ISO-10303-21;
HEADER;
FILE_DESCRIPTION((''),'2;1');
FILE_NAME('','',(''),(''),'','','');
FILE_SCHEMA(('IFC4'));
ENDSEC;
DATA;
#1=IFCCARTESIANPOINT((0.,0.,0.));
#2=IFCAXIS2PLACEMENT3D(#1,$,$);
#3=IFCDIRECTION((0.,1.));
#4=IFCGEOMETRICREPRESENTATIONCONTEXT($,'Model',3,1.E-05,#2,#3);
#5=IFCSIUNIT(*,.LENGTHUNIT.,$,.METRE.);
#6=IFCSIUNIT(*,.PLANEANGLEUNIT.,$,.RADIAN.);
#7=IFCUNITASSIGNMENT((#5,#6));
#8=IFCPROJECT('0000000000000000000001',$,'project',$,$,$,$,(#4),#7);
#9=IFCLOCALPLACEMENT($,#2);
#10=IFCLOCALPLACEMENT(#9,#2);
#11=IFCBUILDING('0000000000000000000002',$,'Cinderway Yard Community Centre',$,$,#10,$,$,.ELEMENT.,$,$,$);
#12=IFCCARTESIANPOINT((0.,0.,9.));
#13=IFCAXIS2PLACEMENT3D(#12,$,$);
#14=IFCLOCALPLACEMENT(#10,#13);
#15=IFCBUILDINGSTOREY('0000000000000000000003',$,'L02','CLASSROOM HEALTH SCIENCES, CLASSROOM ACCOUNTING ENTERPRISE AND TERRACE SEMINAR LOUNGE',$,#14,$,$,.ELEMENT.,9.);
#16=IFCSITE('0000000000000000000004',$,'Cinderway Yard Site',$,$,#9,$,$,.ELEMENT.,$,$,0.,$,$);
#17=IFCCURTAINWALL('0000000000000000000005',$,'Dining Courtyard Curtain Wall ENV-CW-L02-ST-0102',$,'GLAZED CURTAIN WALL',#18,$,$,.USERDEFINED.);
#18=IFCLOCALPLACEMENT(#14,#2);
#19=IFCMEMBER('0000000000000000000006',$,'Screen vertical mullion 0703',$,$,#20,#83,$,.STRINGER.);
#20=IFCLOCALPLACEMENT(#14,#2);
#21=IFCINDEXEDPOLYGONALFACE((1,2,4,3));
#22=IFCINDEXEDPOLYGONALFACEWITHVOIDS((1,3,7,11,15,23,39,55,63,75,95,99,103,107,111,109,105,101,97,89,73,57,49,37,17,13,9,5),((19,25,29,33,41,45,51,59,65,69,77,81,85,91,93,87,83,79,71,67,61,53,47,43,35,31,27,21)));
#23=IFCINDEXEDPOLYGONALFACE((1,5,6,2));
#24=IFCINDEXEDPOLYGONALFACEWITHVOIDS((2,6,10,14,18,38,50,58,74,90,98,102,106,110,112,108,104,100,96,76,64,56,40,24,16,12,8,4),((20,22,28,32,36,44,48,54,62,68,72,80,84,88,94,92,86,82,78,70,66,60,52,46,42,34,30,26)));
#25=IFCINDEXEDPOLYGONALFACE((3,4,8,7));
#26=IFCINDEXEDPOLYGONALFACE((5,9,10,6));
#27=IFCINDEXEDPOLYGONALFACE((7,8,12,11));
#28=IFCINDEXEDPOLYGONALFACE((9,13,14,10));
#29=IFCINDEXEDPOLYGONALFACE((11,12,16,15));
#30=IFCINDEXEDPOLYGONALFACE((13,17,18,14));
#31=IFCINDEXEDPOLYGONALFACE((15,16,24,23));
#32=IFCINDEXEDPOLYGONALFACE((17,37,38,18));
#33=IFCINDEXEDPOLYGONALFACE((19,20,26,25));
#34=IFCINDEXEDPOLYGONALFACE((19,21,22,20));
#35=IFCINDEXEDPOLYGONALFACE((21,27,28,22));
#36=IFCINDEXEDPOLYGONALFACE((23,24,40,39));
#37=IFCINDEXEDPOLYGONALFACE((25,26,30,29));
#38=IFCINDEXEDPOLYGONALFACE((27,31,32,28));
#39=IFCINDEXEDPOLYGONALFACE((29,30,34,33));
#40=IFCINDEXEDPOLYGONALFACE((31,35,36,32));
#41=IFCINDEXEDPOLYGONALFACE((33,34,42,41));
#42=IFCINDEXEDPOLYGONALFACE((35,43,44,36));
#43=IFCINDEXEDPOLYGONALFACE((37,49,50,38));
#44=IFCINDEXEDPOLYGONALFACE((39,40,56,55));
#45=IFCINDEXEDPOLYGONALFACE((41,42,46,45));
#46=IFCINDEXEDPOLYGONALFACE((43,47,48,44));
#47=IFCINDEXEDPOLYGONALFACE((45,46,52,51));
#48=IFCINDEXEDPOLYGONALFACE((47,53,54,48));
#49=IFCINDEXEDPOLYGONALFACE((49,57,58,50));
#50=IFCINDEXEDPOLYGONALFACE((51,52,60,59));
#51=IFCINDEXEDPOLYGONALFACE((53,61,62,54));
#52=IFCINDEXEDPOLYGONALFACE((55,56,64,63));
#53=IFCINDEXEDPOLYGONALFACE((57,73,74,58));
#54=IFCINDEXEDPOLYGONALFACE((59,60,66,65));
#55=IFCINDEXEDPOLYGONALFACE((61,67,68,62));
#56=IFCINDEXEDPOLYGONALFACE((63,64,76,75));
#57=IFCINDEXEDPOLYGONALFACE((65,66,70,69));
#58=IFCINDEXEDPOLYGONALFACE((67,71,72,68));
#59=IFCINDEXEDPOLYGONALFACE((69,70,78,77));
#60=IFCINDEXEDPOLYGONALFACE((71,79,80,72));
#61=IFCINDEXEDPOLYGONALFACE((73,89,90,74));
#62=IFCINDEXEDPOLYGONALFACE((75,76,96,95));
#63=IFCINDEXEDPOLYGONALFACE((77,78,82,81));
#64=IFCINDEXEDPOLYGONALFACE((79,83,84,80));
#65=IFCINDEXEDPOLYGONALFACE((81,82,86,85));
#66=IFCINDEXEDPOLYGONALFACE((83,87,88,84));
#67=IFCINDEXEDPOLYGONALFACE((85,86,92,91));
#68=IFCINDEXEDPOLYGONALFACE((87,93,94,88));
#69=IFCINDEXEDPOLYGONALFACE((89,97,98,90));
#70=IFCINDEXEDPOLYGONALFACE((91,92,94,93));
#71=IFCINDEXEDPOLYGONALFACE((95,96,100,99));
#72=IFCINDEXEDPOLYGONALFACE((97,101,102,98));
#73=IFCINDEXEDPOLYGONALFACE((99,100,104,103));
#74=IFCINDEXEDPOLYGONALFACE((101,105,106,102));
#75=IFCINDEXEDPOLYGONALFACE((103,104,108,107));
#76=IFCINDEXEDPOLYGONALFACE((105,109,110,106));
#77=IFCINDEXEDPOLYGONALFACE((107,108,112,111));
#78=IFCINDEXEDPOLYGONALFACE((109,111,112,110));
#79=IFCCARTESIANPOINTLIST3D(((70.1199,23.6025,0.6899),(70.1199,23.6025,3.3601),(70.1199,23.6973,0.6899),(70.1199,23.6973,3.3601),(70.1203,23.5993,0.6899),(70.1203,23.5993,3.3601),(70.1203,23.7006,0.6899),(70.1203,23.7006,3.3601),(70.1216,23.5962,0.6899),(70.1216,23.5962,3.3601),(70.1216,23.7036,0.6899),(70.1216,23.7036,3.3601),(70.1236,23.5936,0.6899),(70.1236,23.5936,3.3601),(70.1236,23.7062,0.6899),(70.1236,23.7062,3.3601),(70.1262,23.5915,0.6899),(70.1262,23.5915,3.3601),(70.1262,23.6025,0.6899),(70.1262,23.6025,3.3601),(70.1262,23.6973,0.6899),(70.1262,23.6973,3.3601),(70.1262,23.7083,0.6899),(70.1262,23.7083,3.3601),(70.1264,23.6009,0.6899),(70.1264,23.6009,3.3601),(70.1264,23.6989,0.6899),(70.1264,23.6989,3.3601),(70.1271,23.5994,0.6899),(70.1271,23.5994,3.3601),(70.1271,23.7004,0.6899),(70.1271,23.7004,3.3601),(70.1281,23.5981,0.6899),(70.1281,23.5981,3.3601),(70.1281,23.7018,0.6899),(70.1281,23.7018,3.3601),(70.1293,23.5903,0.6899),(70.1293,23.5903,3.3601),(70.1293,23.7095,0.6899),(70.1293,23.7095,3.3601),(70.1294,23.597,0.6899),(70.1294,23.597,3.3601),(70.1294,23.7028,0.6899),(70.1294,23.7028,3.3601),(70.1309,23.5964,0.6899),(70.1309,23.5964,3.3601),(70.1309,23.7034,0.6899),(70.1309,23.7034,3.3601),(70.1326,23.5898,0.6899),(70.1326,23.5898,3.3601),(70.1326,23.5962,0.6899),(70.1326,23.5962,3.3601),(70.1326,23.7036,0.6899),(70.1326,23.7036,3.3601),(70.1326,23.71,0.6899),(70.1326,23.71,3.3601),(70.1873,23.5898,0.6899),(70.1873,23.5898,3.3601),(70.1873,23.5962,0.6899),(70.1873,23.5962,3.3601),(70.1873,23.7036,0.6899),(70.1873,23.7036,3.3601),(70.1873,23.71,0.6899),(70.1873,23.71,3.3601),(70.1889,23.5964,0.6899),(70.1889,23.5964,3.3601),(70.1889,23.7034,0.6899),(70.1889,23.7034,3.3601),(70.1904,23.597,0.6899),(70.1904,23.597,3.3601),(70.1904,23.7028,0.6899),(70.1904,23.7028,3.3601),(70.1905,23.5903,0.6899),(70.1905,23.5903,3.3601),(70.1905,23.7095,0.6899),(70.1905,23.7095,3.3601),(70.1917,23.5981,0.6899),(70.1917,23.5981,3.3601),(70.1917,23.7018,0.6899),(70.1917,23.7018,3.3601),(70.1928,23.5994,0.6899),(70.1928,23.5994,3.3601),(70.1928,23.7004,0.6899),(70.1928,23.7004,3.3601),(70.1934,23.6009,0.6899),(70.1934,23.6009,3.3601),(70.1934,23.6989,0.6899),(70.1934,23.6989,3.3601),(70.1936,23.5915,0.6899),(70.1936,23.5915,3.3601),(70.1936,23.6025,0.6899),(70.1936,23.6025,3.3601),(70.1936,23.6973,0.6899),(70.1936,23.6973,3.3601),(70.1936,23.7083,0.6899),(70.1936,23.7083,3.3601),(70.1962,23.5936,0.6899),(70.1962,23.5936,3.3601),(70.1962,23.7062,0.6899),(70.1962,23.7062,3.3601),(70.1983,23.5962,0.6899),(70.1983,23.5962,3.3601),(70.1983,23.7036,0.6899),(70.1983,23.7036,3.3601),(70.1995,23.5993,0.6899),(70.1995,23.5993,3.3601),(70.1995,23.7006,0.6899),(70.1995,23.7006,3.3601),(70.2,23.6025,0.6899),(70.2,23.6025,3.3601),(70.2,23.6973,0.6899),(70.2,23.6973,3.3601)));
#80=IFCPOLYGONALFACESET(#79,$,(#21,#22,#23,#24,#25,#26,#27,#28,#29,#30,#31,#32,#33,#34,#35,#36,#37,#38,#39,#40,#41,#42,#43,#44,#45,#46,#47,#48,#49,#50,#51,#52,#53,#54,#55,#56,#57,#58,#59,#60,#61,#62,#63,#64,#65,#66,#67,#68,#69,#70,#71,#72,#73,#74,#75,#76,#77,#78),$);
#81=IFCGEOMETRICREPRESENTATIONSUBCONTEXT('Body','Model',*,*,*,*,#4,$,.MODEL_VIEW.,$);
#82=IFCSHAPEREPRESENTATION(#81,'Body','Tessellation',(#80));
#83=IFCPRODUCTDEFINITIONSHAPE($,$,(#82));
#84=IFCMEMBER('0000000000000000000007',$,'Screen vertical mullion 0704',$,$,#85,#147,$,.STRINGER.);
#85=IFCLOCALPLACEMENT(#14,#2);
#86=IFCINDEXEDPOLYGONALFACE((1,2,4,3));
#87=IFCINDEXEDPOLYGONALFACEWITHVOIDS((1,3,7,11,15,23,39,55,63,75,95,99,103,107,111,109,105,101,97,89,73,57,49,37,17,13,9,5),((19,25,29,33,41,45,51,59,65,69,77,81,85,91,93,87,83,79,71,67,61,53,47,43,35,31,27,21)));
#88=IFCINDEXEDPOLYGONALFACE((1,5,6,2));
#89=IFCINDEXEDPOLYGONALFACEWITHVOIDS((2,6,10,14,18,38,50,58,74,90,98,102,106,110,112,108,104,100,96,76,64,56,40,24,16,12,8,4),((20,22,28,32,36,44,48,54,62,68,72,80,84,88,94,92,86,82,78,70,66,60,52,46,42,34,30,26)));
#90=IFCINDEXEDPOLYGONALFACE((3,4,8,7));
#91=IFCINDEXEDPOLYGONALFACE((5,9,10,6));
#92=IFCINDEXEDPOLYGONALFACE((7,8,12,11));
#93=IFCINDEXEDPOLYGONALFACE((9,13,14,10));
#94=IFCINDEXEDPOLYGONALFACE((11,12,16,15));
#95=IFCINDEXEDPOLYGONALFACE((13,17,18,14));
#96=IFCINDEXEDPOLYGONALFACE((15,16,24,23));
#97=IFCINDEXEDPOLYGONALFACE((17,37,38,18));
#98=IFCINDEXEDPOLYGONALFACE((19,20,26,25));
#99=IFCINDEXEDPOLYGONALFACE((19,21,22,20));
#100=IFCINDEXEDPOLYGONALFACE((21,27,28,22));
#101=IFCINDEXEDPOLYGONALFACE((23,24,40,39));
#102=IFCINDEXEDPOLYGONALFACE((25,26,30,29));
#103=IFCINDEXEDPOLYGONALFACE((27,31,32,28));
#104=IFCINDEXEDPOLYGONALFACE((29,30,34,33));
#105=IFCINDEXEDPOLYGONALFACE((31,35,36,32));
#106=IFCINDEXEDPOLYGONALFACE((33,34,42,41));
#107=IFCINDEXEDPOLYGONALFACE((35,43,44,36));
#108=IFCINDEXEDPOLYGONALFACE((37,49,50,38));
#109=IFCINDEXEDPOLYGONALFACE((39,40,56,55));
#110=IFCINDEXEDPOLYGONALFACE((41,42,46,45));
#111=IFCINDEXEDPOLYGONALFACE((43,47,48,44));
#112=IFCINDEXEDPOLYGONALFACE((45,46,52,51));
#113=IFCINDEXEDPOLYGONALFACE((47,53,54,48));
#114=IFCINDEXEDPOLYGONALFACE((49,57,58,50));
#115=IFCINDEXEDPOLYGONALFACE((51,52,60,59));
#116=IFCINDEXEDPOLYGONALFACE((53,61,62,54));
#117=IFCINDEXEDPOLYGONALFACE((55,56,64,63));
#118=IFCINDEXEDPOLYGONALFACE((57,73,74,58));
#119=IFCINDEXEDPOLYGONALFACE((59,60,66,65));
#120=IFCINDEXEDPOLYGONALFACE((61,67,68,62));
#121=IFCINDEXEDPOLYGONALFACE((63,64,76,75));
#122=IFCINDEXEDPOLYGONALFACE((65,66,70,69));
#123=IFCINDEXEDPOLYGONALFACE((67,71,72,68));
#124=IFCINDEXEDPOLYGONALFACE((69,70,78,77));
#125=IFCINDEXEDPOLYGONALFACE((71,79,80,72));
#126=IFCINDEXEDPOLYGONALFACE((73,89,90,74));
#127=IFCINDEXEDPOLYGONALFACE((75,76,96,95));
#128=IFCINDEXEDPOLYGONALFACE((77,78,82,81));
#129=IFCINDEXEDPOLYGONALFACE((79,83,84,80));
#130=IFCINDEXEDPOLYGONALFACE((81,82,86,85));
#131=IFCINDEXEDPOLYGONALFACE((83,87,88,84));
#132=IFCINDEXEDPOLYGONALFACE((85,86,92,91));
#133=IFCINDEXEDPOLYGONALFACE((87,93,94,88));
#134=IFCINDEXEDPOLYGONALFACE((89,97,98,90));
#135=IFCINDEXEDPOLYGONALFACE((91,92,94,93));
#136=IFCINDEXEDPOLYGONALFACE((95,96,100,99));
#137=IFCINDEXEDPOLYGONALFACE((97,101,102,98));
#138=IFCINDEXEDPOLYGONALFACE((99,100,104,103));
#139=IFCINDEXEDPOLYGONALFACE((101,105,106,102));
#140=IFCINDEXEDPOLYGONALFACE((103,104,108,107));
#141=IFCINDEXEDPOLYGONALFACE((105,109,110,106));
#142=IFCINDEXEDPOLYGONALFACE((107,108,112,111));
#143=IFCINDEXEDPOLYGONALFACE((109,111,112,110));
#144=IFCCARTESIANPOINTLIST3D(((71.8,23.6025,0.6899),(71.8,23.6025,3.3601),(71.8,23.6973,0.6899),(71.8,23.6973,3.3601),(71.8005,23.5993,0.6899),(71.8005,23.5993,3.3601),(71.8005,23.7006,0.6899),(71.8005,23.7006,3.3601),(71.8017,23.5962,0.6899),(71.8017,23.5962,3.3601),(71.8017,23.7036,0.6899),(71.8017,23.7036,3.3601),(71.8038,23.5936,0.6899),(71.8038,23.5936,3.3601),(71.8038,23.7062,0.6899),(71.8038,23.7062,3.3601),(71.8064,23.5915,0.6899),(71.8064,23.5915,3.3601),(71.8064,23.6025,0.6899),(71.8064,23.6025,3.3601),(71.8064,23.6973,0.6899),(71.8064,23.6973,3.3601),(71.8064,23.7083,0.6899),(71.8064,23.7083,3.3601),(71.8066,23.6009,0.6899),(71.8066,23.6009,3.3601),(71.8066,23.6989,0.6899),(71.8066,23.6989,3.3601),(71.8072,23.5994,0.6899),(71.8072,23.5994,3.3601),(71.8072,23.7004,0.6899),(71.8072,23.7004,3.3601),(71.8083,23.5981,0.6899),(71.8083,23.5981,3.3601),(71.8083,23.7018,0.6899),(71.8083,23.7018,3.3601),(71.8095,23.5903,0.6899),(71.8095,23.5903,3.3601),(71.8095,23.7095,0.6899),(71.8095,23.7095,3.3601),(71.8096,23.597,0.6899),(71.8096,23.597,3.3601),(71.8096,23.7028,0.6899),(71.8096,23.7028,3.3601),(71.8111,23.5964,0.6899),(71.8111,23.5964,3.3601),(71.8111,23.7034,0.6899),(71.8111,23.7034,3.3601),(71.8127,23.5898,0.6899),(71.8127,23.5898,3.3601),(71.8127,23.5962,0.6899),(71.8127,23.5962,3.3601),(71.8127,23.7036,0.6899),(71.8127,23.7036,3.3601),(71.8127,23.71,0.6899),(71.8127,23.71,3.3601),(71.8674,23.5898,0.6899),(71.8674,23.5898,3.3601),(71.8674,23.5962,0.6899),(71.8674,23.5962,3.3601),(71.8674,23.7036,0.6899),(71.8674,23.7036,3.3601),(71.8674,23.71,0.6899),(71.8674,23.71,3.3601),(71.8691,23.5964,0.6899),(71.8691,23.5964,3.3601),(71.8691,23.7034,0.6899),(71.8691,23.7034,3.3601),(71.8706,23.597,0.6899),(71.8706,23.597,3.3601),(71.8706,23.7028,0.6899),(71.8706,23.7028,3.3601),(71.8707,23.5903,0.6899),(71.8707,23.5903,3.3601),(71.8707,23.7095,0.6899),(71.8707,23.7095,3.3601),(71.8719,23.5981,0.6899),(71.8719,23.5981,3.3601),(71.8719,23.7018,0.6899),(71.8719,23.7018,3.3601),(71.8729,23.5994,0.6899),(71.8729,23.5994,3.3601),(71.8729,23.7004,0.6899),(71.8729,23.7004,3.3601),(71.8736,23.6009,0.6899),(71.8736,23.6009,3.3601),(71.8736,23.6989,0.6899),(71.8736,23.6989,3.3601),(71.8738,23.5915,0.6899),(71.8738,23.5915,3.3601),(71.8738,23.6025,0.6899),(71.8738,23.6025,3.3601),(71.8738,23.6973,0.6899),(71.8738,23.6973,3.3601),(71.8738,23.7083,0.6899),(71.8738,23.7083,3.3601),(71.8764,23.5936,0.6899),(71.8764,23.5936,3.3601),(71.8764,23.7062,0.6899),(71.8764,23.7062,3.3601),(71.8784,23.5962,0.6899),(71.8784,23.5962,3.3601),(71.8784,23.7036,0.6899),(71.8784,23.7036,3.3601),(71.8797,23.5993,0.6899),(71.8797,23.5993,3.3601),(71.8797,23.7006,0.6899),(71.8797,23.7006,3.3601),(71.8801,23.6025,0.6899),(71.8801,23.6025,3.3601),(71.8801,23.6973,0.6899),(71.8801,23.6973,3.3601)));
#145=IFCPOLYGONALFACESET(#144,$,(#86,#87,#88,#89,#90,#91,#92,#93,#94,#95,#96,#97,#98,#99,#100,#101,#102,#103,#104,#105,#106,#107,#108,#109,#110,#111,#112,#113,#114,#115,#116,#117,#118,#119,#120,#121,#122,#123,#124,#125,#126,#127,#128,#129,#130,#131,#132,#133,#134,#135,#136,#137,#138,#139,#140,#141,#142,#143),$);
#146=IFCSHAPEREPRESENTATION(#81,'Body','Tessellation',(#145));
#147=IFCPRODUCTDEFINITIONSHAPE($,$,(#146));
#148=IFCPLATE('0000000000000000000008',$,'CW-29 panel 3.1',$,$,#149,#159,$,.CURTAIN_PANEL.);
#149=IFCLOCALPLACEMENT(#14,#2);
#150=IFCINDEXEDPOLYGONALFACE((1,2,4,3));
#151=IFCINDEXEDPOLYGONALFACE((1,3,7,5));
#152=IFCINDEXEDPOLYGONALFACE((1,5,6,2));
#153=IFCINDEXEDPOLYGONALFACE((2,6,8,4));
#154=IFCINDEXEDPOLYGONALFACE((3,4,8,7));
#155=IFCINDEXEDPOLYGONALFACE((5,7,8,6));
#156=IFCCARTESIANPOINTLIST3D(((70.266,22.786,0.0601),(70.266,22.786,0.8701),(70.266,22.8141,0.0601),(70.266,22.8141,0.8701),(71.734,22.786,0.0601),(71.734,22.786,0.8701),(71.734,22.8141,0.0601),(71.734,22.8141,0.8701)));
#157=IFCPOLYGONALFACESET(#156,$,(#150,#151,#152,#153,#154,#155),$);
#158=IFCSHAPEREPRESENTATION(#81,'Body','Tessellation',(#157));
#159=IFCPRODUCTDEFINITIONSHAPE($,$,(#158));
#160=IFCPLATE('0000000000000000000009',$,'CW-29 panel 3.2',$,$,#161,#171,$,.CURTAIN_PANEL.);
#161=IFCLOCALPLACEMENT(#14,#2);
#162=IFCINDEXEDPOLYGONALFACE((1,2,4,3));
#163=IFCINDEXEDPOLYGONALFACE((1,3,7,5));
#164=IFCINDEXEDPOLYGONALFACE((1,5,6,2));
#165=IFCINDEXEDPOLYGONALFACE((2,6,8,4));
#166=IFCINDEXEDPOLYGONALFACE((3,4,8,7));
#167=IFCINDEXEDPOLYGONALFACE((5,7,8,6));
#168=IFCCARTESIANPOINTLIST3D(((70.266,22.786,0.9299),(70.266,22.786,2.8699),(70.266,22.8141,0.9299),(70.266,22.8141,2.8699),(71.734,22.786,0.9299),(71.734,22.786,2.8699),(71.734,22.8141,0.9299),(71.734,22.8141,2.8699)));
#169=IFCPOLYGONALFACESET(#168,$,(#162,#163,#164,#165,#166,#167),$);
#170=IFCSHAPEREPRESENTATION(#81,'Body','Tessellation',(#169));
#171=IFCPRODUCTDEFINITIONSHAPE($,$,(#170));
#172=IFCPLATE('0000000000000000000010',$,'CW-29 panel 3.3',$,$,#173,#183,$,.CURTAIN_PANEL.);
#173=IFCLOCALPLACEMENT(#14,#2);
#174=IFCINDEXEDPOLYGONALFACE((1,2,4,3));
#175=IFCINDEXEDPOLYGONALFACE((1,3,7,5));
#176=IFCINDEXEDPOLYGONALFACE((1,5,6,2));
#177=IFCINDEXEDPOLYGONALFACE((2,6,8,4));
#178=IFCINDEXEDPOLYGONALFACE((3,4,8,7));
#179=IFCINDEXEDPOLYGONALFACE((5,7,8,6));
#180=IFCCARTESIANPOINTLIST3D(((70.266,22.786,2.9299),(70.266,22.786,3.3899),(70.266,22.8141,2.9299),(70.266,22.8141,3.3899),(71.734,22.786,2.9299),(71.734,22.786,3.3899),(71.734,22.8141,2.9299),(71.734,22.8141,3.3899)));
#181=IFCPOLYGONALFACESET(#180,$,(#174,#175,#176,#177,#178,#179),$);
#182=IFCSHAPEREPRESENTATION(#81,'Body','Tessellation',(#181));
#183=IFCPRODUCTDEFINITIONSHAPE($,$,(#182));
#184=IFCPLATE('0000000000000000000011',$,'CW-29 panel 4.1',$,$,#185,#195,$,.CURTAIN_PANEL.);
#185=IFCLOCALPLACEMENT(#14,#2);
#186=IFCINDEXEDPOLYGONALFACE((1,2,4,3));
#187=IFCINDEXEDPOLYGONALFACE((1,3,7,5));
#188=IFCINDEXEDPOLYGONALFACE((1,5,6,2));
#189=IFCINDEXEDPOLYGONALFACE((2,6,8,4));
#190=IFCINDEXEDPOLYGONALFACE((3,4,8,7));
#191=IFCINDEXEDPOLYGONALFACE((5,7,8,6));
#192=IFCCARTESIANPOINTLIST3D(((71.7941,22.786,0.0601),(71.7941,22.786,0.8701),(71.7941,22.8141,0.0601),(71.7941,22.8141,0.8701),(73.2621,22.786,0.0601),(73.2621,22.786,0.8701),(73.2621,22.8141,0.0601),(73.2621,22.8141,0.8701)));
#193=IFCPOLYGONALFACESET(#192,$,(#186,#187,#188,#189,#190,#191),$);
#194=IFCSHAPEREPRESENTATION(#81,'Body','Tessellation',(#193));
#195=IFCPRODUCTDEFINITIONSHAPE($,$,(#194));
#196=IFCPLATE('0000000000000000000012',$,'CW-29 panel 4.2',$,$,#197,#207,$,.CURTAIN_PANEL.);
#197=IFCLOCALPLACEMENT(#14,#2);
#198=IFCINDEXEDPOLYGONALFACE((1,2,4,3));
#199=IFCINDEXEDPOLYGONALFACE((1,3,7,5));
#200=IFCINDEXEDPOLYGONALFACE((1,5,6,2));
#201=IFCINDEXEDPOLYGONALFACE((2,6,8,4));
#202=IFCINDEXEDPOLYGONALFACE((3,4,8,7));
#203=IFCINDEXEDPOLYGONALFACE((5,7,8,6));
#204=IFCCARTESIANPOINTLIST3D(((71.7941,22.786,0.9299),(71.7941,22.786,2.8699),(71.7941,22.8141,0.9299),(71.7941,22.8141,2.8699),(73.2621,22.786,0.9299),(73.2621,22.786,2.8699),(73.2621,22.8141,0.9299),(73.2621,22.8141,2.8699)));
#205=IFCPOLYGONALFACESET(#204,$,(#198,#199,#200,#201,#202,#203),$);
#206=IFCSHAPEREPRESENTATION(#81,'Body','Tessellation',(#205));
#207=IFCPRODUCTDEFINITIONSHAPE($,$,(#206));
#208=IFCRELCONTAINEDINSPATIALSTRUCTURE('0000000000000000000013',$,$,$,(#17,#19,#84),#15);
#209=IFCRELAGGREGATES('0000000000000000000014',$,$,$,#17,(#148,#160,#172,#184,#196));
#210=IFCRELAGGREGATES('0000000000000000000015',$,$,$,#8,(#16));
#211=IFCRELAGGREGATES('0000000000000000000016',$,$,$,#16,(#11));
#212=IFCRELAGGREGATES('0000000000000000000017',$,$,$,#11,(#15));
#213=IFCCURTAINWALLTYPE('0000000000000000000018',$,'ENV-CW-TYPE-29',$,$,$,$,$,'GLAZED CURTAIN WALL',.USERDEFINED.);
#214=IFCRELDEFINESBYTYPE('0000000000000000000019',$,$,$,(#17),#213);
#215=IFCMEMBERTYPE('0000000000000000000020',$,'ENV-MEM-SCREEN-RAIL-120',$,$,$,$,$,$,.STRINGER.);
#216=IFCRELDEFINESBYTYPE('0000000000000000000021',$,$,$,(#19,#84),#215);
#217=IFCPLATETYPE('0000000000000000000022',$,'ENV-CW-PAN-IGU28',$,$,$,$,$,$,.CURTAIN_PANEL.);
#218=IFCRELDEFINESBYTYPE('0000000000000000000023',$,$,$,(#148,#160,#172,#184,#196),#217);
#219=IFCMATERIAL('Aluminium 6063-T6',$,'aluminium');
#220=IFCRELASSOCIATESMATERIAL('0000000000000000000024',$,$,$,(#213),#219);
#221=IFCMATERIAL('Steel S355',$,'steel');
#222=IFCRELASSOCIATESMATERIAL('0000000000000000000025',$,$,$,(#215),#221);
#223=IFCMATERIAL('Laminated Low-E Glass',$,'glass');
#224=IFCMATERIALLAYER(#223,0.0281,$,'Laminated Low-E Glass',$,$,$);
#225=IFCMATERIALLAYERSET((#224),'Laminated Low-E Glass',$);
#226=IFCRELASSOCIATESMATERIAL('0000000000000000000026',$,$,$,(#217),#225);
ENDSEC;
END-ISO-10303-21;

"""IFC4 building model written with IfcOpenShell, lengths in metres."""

from ifc_helpers import new_model, si_unit, direction, frame, origin, origin_2d, place, context, subcontext, project, spatial, rectangle, hollow_rectangle, extrude, material, layer, layer_set, material_profile, profile_set, type_object, element, aggregate, save


model = new_model("IFC4")

# Units and contexts
model_context = context("Model", 3, precision=1e-05, world=origin(), true_north=direction((0.0, 1.0)))
body_context = subcontext(model_context, "Body", "Model", "MODEL_VIEW")
ifc_project = project(units=[si_unit("LENGTHUNIT", "METRE"), si_unit("PLANEANGLEUNIT", "RADIAN")], contexts=[model_context])

# Site, building, storey
site_placement = place(None, origin())
site = spatial("IfcSite", under=ifc_project, at=site_placement, Name="Cinderway Yard Site", CompositionType="ELEMENT", RefElevation=0.0)
building_placement = place(site_placement, origin())
building = spatial("IfcBuilding", under=site, at=building_placement, Name="Cinderway Yard Community Centre", CompositionType="ELEMENT")
storey_placement = place(building_placement, frame((0.0, 0.0, 9.0)))
storey = spatial("IfcBuildingStorey", under=building, at=storey_placement, Name="L02", Description="CLASSROOM HEALTH SCIENCES, CLASSROOM ACCOUNTING ENTERPRISE AND TERRACE SEMINAR LOUNGE", CompositionType="ELEMENT", Elevation=9.0)

# Curtain wall
ifc_material_1 = material(Name="Aluminium 6063-T6", Category="aluminium")
curtain_wall_type = type_object("IfcCurtainWallType", Name="ENV-CW-TYPE-29", ElementType="GLAZED CURTAIN WALL", PredefinedType="USERDEFINED", material=ifc_material_1)
curtain_wall_placement = place(storey_placement, origin())
curtain_wall = element("IfcCurtainWall", 1, at=curtain_wall_placement, inside=storey, type_object=curtain_wall_type, Name="Dining Courtyard Curtain Wall ENV-CW-L02-ST-0102", ObjectType="GLAZED CURTAIN WALL", PredefinedType="USERDEFINED")

# Members
ifc_material_2 = material(Name="Steel S355", Category="steel")
ifc_material_profile_1 = material_profile(ifc_material_2, hollow_rectangle(XDim=0.0801, YDim=0.1201, WallThickness=0.0063, InnerFilletRadius=0.0063, OuterFilletRadius=0.0127, at=origin_2d()), Name="Steel S355")
ifc_profile_set_1 = profile_set([ifc_material_profile_1], Name="Steel S355")
member_type_1 = type_object("IfcMemberType", Name="ENV-MEM-SCREEN-RAIL-120", PredefinedType="STRINGER", material=ifc_profile_set_1)
for number, where, z_axis, x_axis, name in (
    (2, (70.1599, 23.6499, 0.6899), (0.0, 0.0, 1.0), (1.0, 0.0, 0.0), "Screen vertical mullion 0703"),
    (3, (71.8401, 23.6499, 0.6899), (0.0, 0.0, 1.0), (1.0, 0.0, 0.0), "Screen vertical mullion 0704"),
):
    element("IfcMember", number, at=place(storey_placement, frame(where, z_axis=z_axis, x_axis=x_axis)), inside=storey, type_object=member_type_1, Name=name, PredefinedType="STRINGER", context=body_context, shape_type="SweptSolid", body=[
        extrude(hollow_rectangle(XDim=0.0801, YDim=0.1201, WallThickness=0.0063, InnerFilletRadius=0.0063, OuterFilletRadius=0.0127, at=origin_2d()), origin(), (0.0, 0.0, 1.0), 2.6702),
    ])

# Plates
ifc_material_3 = material(Name="Laminated Low-E Glass", Category="glass")
ifc_layer_1 = layer(ifc_material_3, 0.0281, Name="Laminated Low-E Glass")
ifc_layer_set_1 = layer_set([ifc_layer_1], Name="Laminated Low-E Glass")
plate_type_1 = type_object("IfcPlateType", Name="ENV-CW-PAN-IGU28", PredefinedType="CURTAIN_PANEL", material=ifc_layer_set_1)
plate_1_placement = place(storey_placement, frame((71.0, 22.8, 0.0601), z_axis=(0.0, 0.0, 1.0), x_axis=(1.0, 0.0, 0.0)))
plate_1 = element("IfcPlate", 4, at=plate_1_placement, type_object=plate_type_1, Name="CW-29 panel 3.1", PredefinedType="CURTAIN_PANEL", context=body_context, shape_type="SweptSolid", body=[
    extrude(rectangle(XDim=1.468, YDim=0.0281, at=origin_2d()), origin(), (0.0, 0.0, 1.0), 0.8101),
])
plate_2_placement = place(storey_placement, frame((71.0, 22.8, 0.9299), z_axis=(0.0, 0.0, 1.0), x_axis=(1.0, 0.0, 0.0)))
plate_2 = element("IfcPlate", 5, at=plate_2_placement, type_object=plate_type_1, Name="CW-29 panel 3.2", PredefinedType="CURTAIN_PANEL", context=body_context, shape_type="SweptSolid", body=[
    extrude(rectangle(XDim=1.468, YDim=0.0281, at=origin_2d()), origin(), (0.0, 0.0, 1.0), 1.9399),
])
plate_3_placement = place(storey_placement, frame((71.0, 22.8, 2.9299), z_axis=(0.0, 0.0, 1.0), x_axis=(1.0, 0.0, 0.0)))
plate_3 = element("IfcPlate", 6, at=plate_3_placement, type_object=plate_type_1, Name="CW-29 panel 3.3", PredefinedType="CURTAIN_PANEL", context=body_context, shape_type="SweptSolid", body=[
    extrude(rectangle(XDim=1.468, YDim=0.0281, at=origin_2d()), origin(), (0.0, 0.0, 1.0), 0.46),
])
plate_4_placement = place(storey_placement, frame((72.5281, 22.8, 0.0601), z_axis=(0.0, 0.0, 1.0), x_axis=(1.0, 0.0, 0.0)))
plate_4 = element("IfcPlate", 7, at=plate_4_placement, type_object=plate_type_1, Name="CW-29 panel 4.1", PredefinedType="CURTAIN_PANEL", context=body_context, shape_type="SweptSolid", body=[
    extrude(rectangle(XDim=1.468, YDim=0.0281, at=origin_2d()), origin(), (0.0, 0.0, 1.0), 0.8101),
])
plate_5_placement = place(storey_placement, frame((72.5281, 22.8, 0.9299), z_axis=(0.0, 0.0, 1.0), x_axis=(1.0, 0.0, 0.0)))
plate_5 = element("IfcPlate", 8, at=plate_5_placement, type_object=plate_type_1, Name="CW-29 panel 4.2", PredefinedType="CURTAIN_PANEL", context=body_context, shape_type="SweptSolid", body=[
    extrude(rectangle(XDim=1.468, YDim=0.0281, at=origin_2d()), origin(), (0.0, 0.0, 1.0), 1.9399),
])
aggregate(curtain_wall, [plate_1, plate_2, plate_3, plate_4, plate_5])

save(model, "model.ifc")
